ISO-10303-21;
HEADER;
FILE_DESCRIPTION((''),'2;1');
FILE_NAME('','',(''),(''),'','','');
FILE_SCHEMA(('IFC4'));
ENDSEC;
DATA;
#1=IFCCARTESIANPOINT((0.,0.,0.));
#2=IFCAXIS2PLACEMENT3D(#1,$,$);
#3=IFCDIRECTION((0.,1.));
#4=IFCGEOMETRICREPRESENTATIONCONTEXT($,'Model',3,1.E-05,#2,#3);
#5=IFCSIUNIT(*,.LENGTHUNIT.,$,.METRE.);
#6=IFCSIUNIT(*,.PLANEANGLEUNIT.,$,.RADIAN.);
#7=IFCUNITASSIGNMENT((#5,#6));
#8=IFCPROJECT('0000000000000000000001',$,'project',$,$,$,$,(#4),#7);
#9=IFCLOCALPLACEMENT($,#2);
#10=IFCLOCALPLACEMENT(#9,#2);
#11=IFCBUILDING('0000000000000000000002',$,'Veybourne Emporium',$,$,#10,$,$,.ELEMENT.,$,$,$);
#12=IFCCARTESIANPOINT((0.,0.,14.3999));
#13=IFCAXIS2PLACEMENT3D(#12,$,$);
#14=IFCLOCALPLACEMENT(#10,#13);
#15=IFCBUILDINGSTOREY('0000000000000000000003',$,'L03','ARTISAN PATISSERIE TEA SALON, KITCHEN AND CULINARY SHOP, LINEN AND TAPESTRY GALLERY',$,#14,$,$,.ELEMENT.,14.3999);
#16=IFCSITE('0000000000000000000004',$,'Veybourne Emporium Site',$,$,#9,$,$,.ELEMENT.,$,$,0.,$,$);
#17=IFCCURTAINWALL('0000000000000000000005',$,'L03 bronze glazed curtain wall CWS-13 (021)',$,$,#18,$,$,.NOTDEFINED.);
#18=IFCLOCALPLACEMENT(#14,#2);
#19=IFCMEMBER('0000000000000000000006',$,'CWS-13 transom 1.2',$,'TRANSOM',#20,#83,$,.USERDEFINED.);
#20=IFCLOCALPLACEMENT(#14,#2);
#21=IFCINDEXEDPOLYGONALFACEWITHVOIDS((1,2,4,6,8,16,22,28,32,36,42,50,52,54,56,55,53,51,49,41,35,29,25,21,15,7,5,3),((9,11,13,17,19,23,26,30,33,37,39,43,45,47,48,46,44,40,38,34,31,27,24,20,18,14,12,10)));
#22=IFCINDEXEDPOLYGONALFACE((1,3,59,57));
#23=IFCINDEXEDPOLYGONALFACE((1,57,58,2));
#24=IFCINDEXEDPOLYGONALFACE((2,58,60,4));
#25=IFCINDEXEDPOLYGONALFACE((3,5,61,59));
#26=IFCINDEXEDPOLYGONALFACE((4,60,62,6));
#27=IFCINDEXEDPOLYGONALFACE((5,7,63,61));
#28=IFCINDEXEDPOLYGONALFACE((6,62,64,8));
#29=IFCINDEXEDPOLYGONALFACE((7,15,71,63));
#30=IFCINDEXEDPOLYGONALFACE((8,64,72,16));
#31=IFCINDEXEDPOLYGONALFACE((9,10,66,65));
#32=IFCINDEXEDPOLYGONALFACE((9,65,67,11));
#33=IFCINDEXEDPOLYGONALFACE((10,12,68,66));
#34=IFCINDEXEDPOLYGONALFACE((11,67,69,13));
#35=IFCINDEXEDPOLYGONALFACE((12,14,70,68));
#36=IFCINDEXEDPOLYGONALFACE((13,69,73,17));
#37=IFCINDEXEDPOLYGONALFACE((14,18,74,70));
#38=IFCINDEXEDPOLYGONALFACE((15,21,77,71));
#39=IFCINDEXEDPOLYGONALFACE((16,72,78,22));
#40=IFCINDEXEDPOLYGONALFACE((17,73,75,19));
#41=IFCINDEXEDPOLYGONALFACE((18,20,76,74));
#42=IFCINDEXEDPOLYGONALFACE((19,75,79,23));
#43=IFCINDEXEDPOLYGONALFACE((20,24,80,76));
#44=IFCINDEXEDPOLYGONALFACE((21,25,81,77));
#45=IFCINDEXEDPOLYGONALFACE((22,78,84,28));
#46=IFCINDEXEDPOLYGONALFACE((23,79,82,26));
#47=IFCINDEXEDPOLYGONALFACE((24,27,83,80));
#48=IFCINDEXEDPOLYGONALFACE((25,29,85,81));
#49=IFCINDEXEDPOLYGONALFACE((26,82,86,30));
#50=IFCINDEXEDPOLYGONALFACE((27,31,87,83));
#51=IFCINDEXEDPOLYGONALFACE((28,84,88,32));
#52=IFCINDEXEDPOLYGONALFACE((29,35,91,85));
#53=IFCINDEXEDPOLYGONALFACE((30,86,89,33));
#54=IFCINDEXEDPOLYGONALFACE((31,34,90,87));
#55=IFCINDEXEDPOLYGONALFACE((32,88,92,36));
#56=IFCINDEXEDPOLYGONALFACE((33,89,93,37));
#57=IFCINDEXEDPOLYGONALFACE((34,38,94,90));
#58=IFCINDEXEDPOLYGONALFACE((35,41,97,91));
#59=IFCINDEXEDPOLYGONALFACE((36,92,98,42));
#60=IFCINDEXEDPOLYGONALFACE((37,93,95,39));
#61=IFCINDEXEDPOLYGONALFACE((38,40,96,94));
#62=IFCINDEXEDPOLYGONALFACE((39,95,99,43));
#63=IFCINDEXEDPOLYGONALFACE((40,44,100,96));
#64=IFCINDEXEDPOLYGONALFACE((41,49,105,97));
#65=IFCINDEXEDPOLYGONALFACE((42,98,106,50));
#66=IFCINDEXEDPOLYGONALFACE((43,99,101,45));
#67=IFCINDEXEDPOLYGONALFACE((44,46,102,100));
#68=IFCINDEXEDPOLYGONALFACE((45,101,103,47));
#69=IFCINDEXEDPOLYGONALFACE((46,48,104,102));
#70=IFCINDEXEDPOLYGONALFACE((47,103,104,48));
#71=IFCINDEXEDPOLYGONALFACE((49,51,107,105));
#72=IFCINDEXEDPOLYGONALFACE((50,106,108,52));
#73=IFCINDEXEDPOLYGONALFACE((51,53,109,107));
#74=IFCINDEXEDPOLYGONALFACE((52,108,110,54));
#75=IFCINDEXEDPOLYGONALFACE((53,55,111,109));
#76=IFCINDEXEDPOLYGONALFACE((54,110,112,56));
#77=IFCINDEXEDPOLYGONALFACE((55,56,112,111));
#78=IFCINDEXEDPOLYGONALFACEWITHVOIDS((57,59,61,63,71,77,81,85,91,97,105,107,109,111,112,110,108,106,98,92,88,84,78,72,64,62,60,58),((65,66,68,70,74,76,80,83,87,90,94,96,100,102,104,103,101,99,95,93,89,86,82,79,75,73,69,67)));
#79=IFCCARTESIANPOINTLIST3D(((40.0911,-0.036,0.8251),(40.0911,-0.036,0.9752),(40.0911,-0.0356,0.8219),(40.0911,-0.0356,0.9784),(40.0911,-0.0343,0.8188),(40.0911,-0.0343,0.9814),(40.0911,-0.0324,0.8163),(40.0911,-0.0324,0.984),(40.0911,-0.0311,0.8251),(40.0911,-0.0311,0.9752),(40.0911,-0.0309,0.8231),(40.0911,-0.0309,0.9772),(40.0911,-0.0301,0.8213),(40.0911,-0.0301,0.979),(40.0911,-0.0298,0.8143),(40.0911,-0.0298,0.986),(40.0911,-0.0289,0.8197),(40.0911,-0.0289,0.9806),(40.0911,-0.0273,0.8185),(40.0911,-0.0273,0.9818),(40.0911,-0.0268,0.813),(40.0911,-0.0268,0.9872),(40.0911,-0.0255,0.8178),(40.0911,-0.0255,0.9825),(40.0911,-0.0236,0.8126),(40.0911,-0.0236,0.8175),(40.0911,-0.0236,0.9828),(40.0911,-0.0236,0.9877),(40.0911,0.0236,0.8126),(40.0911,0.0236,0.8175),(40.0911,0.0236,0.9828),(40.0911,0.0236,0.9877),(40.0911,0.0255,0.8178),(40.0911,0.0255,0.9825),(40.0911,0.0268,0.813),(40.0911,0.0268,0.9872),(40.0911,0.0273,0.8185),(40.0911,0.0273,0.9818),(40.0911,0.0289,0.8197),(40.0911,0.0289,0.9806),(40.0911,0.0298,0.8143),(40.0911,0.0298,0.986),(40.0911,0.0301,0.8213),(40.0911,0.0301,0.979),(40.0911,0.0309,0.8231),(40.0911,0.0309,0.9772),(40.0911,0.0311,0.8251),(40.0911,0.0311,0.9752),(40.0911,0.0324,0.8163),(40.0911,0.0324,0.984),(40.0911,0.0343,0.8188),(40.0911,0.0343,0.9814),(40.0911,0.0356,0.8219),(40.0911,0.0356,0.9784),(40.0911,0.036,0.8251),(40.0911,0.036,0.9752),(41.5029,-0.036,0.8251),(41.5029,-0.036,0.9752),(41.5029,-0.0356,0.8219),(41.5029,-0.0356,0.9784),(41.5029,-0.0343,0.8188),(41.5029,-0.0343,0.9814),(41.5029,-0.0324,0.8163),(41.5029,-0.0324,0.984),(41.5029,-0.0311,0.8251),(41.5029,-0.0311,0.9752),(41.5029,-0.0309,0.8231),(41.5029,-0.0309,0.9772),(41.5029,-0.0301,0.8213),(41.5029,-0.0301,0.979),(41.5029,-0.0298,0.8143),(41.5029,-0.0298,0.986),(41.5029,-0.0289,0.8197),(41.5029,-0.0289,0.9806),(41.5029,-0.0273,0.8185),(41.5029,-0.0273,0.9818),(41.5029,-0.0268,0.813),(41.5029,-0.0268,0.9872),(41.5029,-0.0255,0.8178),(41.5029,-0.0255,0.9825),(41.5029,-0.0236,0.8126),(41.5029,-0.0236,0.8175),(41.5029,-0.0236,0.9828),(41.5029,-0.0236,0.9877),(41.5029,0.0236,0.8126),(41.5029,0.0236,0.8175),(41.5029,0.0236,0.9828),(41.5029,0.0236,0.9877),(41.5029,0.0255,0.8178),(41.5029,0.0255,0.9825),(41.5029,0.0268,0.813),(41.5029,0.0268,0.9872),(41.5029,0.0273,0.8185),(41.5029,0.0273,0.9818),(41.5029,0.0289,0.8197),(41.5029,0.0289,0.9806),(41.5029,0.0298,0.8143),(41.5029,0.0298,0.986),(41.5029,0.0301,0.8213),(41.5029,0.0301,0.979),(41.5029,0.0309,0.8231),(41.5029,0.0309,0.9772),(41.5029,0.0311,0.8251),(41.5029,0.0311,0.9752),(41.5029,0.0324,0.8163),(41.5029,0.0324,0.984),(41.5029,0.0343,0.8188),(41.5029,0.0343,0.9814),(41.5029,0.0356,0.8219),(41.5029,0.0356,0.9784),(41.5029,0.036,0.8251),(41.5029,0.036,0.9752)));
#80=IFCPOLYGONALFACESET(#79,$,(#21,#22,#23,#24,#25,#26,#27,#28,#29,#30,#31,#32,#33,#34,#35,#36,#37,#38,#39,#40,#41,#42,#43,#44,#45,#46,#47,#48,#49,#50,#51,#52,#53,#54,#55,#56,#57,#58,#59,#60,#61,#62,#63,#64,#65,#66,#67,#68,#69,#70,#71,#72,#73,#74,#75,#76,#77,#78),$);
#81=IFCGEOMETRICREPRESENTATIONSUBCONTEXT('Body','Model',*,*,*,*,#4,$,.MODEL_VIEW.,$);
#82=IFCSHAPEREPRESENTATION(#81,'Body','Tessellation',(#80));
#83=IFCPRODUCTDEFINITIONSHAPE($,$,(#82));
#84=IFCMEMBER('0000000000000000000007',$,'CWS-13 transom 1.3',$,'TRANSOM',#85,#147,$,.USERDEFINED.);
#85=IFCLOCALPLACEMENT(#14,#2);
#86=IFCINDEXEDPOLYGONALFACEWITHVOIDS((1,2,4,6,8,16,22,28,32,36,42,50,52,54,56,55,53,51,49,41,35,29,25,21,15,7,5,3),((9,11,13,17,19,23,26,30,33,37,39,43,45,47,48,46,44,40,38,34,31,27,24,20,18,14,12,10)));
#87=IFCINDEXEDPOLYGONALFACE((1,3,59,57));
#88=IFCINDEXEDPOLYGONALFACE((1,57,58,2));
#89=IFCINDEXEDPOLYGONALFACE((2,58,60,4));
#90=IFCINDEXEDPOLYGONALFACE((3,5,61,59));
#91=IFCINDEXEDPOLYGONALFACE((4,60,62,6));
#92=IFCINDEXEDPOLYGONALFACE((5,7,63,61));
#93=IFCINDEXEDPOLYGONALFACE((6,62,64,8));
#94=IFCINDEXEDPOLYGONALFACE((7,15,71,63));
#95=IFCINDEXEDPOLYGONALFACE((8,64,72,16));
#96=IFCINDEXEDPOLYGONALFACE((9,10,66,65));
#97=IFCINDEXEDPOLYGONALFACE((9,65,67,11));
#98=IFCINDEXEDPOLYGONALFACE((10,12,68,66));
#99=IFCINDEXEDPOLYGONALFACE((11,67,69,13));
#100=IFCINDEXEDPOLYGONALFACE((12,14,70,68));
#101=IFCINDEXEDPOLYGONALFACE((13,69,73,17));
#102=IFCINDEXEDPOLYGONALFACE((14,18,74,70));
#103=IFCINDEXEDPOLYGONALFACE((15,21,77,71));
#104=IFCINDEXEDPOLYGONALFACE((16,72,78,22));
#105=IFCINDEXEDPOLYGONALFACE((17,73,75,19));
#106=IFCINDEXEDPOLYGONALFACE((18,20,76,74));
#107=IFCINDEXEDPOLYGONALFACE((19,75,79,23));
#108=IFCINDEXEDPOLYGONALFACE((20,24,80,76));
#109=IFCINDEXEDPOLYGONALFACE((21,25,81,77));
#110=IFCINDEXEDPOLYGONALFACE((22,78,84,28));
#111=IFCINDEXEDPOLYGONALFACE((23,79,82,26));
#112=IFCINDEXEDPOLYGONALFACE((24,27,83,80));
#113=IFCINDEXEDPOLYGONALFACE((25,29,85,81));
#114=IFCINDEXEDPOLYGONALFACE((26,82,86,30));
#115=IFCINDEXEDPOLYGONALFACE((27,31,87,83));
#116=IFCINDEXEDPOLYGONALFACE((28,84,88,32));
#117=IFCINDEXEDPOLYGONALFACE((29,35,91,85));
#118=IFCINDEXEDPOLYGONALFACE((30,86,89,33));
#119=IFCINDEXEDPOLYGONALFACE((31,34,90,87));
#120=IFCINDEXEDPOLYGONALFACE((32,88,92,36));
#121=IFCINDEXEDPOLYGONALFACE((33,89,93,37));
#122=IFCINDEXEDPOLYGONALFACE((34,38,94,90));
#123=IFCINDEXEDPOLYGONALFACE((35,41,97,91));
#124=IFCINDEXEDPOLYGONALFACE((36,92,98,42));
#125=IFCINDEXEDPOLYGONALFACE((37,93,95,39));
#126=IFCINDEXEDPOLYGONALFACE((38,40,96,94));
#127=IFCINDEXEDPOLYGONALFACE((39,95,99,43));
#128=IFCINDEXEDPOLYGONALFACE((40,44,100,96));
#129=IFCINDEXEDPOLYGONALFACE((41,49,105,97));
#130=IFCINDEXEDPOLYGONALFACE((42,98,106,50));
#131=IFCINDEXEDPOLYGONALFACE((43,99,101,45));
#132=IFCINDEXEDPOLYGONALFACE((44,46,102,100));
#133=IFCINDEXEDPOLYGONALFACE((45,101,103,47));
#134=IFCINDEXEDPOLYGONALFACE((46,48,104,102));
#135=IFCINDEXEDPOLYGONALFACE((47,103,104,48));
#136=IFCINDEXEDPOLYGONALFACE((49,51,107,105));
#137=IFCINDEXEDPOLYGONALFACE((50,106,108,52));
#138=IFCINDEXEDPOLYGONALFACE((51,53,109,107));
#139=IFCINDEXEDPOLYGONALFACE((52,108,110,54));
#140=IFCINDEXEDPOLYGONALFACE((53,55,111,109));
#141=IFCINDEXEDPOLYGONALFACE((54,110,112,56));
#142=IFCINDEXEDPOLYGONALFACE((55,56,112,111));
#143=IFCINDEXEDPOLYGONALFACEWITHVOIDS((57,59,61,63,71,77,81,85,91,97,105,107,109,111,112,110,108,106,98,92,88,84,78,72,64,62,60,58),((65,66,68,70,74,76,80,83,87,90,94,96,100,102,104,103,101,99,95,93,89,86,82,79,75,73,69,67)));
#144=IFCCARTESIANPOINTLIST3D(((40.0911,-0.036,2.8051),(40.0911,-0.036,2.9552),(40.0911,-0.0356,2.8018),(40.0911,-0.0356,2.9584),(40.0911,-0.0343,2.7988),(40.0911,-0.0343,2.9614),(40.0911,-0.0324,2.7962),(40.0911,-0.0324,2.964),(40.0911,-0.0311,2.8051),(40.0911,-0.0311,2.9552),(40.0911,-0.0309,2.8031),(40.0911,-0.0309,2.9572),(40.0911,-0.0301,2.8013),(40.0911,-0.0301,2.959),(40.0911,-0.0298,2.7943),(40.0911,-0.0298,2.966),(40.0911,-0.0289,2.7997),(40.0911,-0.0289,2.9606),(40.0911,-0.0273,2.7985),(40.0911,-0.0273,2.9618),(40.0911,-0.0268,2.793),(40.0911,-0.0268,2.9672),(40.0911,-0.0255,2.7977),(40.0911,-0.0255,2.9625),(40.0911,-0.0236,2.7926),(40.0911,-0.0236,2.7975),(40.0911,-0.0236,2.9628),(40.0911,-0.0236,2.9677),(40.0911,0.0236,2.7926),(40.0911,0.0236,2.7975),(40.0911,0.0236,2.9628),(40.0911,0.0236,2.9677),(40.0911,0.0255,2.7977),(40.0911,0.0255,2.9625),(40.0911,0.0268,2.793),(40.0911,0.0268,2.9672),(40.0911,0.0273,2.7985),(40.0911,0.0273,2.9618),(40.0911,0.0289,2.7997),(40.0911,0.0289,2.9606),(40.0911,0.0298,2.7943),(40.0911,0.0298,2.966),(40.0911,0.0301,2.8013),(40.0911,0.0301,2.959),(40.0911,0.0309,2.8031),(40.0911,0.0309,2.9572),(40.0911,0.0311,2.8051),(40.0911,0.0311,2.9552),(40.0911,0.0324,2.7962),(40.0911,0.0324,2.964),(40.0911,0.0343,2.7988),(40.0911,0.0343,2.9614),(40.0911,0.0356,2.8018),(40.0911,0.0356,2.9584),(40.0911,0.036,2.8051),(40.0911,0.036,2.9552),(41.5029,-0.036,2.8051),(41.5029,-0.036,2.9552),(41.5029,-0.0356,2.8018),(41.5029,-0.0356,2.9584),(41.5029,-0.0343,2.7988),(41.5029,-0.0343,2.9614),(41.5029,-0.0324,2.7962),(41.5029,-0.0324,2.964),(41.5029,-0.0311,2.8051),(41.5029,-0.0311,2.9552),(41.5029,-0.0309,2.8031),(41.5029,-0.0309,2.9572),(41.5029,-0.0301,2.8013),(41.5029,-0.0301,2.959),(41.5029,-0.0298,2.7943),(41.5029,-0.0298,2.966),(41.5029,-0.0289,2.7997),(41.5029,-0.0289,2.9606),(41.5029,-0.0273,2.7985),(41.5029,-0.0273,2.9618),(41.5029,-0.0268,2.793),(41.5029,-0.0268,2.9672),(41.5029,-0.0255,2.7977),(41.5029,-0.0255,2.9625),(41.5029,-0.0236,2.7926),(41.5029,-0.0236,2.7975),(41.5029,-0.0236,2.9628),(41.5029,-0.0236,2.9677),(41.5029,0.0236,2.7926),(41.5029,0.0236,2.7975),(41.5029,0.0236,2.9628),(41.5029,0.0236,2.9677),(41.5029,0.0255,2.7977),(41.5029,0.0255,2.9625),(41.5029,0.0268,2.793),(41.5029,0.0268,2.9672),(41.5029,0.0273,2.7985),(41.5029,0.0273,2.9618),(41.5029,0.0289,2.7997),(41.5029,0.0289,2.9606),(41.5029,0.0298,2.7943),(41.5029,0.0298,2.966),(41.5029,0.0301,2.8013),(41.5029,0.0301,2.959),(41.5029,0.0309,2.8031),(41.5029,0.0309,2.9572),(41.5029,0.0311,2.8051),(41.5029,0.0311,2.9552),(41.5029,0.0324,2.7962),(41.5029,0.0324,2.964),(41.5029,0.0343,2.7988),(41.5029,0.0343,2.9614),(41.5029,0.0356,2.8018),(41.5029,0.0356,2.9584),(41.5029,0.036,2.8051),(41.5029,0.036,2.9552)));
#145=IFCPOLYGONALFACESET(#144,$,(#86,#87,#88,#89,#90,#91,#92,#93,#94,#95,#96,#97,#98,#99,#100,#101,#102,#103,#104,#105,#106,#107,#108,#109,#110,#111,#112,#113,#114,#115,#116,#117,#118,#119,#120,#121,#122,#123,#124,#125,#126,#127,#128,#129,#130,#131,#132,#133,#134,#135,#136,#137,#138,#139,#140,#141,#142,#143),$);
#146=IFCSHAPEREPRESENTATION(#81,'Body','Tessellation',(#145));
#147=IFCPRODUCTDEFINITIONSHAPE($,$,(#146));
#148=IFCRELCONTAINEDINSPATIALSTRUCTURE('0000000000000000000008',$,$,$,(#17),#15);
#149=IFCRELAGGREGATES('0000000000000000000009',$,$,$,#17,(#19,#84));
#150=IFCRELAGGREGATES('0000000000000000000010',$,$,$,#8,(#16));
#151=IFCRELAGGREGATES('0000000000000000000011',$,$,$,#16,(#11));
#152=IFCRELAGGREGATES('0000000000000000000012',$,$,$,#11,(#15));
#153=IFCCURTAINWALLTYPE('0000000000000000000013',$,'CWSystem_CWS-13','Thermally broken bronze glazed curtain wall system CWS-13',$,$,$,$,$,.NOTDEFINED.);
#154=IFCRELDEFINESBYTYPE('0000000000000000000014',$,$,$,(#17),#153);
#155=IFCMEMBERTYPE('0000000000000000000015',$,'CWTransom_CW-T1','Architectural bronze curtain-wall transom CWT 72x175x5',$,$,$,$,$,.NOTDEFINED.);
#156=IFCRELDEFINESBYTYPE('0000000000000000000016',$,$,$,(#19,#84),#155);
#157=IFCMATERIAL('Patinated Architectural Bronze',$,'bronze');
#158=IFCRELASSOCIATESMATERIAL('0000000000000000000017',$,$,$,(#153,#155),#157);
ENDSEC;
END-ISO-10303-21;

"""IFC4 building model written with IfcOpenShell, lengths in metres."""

from ifc_helpers import new_model, si_unit, direction, frame, origin, origin_2d, place, context, subcontext, project, spatial, hollow_rectangle, extrude, material, material_profile, profile_set, type_object, element, aggregate, save


model = new_model("IFC4")

# Units and contexts
model_context = context("Model", 3, precision=1e-05, world=origin(), true_north=direction((0.0, 1.0)))
body_context = subcontext(model_context, "Body", "Model", "MODEL_VIEW")
ifc_project = project(units=[si_unit("LENGTHUNIT", "METRE"), si_unit("PLANEANGLEUNIT", "RADIAN")], contexts=[model_context])

# Site, building, storey
site_placement = place(None, origin())
site = spatial("IfcSite", under=ifc_project, at=site_placement, Name="Veybourne Emporium Site", CompositionType="ELEMENT", RefElevation=0.0)
building_placement = place(site_placement, origin())
building = spatial("IfcBuilding", under=site, at=building_placement, Name="Veybourne Emporium", CompositionType="ELEMENT")
storey_placement = place(building_placement, frame((0.0, 0.0, 14.3999)))
storey = spatial("IfcBuildingStorey", under=building, at=storey_placement, Name="L03", Description="ARTISAN PATISSERIE TEA SALON, KITCHEN AND CULINARY SHOP, LINEN AND TAPESTRY GALLERY", CompositionType="ELEMENT", Elevation=14.3999)

# Curtain wall, members
ifc_material_1 = material(Name="Patinated Architectural Bronze", Category="bronze")
curtain_wall_type = type_object("IfcCurtainWallType", Name="CWSystem_CWS-13", Description="Thermally broken bronze glazed curtain wall system CWS-13", PredefinedType="NOTDEFINED", material=ifc_material_1)
curtain_wall_placement = place(storey_placement, origin())
curtain_wall = element("IfcCurtainWall", 1, at=curtain_wall_placement, inside=storey, type_object=curtain_wall_type, Name="L03 bronze glazed curtain wall CWS-13 (021)", PredefinedType="NOTDEFINED")
ifc_material_profile_1 = material_profile(ifc_material_1, hollow_rectangle(XDim=0.072, YDim=0.175, WallThickness=0.0049, InnerFilletRadius=0.0076, OuterFilletRadius=0.0125, at=origin_2d()), Name="CWT 72x175x5")
ifc_profile_set_1 = profile_set([ifc_material_profile_1], Name="Patinated Architectural Bronze")
member_type_1 = type_object("IfcMemberType", Name="CWTransom_CW-T1", Description="Architectural bronze curtain-wall transom CWT 72x175x5", PredefinedType="NOTDEFINED", material=ifc_profile_set_1)
member_1_placement = place(storey_placement, frame((41.5029, 0.0, 0.9001), z_axis=(-1.0, 0.0, 0.0), x_axis=(0.0, -1.0, 0.0)))
member_1 = element("IfcMember", 2, at=member_1_placement, type_object=member_type_1, Name="CWS-13 transom 1.2", ObjectType="TRANSOM", PredefinedType="USERDEFINED", context=body_context, shape_type="SweptSolid", body=[
    extrude(hollow_rectangle(XDim=0.072, YDim=0.175, WallThickness=0.0049, InnerFilletRadius=0.0076, OuterFilletRadius=0.0125, at=origin_2d()), origin(), (0.0, 0.0, 1.0), 1.4119),
])
member_2_placement = place(storey_placement, frame((41.5029, 0.0, 2.8801), z_axis=(-1.0, 0.0, 0.0), x_axis=(0.0, -1.0, 0.0)))
member_2 = element("IfcMember", 3, at=member_2_placement, type_object=member_type_1, Name="CWS-13 transom 1.3", ObjectType="TRANSOM", PredefinedType="USERDEFINED", context=body_context, shape_type="SweptSolid", body=[
    extrude(hollow_rectangle(XDim=0.072, YDim=0.175, WallThickness=0.0049, InnerFilletRadius=0.0076, OuterFilletRadius=0.0125, at=origin_2d()), origin(), (0.0, 0.0, 1.0), 1.4119),
])

aggregate(curtain_wall, [member_1, member_2])

save(model, "model.ifc")
